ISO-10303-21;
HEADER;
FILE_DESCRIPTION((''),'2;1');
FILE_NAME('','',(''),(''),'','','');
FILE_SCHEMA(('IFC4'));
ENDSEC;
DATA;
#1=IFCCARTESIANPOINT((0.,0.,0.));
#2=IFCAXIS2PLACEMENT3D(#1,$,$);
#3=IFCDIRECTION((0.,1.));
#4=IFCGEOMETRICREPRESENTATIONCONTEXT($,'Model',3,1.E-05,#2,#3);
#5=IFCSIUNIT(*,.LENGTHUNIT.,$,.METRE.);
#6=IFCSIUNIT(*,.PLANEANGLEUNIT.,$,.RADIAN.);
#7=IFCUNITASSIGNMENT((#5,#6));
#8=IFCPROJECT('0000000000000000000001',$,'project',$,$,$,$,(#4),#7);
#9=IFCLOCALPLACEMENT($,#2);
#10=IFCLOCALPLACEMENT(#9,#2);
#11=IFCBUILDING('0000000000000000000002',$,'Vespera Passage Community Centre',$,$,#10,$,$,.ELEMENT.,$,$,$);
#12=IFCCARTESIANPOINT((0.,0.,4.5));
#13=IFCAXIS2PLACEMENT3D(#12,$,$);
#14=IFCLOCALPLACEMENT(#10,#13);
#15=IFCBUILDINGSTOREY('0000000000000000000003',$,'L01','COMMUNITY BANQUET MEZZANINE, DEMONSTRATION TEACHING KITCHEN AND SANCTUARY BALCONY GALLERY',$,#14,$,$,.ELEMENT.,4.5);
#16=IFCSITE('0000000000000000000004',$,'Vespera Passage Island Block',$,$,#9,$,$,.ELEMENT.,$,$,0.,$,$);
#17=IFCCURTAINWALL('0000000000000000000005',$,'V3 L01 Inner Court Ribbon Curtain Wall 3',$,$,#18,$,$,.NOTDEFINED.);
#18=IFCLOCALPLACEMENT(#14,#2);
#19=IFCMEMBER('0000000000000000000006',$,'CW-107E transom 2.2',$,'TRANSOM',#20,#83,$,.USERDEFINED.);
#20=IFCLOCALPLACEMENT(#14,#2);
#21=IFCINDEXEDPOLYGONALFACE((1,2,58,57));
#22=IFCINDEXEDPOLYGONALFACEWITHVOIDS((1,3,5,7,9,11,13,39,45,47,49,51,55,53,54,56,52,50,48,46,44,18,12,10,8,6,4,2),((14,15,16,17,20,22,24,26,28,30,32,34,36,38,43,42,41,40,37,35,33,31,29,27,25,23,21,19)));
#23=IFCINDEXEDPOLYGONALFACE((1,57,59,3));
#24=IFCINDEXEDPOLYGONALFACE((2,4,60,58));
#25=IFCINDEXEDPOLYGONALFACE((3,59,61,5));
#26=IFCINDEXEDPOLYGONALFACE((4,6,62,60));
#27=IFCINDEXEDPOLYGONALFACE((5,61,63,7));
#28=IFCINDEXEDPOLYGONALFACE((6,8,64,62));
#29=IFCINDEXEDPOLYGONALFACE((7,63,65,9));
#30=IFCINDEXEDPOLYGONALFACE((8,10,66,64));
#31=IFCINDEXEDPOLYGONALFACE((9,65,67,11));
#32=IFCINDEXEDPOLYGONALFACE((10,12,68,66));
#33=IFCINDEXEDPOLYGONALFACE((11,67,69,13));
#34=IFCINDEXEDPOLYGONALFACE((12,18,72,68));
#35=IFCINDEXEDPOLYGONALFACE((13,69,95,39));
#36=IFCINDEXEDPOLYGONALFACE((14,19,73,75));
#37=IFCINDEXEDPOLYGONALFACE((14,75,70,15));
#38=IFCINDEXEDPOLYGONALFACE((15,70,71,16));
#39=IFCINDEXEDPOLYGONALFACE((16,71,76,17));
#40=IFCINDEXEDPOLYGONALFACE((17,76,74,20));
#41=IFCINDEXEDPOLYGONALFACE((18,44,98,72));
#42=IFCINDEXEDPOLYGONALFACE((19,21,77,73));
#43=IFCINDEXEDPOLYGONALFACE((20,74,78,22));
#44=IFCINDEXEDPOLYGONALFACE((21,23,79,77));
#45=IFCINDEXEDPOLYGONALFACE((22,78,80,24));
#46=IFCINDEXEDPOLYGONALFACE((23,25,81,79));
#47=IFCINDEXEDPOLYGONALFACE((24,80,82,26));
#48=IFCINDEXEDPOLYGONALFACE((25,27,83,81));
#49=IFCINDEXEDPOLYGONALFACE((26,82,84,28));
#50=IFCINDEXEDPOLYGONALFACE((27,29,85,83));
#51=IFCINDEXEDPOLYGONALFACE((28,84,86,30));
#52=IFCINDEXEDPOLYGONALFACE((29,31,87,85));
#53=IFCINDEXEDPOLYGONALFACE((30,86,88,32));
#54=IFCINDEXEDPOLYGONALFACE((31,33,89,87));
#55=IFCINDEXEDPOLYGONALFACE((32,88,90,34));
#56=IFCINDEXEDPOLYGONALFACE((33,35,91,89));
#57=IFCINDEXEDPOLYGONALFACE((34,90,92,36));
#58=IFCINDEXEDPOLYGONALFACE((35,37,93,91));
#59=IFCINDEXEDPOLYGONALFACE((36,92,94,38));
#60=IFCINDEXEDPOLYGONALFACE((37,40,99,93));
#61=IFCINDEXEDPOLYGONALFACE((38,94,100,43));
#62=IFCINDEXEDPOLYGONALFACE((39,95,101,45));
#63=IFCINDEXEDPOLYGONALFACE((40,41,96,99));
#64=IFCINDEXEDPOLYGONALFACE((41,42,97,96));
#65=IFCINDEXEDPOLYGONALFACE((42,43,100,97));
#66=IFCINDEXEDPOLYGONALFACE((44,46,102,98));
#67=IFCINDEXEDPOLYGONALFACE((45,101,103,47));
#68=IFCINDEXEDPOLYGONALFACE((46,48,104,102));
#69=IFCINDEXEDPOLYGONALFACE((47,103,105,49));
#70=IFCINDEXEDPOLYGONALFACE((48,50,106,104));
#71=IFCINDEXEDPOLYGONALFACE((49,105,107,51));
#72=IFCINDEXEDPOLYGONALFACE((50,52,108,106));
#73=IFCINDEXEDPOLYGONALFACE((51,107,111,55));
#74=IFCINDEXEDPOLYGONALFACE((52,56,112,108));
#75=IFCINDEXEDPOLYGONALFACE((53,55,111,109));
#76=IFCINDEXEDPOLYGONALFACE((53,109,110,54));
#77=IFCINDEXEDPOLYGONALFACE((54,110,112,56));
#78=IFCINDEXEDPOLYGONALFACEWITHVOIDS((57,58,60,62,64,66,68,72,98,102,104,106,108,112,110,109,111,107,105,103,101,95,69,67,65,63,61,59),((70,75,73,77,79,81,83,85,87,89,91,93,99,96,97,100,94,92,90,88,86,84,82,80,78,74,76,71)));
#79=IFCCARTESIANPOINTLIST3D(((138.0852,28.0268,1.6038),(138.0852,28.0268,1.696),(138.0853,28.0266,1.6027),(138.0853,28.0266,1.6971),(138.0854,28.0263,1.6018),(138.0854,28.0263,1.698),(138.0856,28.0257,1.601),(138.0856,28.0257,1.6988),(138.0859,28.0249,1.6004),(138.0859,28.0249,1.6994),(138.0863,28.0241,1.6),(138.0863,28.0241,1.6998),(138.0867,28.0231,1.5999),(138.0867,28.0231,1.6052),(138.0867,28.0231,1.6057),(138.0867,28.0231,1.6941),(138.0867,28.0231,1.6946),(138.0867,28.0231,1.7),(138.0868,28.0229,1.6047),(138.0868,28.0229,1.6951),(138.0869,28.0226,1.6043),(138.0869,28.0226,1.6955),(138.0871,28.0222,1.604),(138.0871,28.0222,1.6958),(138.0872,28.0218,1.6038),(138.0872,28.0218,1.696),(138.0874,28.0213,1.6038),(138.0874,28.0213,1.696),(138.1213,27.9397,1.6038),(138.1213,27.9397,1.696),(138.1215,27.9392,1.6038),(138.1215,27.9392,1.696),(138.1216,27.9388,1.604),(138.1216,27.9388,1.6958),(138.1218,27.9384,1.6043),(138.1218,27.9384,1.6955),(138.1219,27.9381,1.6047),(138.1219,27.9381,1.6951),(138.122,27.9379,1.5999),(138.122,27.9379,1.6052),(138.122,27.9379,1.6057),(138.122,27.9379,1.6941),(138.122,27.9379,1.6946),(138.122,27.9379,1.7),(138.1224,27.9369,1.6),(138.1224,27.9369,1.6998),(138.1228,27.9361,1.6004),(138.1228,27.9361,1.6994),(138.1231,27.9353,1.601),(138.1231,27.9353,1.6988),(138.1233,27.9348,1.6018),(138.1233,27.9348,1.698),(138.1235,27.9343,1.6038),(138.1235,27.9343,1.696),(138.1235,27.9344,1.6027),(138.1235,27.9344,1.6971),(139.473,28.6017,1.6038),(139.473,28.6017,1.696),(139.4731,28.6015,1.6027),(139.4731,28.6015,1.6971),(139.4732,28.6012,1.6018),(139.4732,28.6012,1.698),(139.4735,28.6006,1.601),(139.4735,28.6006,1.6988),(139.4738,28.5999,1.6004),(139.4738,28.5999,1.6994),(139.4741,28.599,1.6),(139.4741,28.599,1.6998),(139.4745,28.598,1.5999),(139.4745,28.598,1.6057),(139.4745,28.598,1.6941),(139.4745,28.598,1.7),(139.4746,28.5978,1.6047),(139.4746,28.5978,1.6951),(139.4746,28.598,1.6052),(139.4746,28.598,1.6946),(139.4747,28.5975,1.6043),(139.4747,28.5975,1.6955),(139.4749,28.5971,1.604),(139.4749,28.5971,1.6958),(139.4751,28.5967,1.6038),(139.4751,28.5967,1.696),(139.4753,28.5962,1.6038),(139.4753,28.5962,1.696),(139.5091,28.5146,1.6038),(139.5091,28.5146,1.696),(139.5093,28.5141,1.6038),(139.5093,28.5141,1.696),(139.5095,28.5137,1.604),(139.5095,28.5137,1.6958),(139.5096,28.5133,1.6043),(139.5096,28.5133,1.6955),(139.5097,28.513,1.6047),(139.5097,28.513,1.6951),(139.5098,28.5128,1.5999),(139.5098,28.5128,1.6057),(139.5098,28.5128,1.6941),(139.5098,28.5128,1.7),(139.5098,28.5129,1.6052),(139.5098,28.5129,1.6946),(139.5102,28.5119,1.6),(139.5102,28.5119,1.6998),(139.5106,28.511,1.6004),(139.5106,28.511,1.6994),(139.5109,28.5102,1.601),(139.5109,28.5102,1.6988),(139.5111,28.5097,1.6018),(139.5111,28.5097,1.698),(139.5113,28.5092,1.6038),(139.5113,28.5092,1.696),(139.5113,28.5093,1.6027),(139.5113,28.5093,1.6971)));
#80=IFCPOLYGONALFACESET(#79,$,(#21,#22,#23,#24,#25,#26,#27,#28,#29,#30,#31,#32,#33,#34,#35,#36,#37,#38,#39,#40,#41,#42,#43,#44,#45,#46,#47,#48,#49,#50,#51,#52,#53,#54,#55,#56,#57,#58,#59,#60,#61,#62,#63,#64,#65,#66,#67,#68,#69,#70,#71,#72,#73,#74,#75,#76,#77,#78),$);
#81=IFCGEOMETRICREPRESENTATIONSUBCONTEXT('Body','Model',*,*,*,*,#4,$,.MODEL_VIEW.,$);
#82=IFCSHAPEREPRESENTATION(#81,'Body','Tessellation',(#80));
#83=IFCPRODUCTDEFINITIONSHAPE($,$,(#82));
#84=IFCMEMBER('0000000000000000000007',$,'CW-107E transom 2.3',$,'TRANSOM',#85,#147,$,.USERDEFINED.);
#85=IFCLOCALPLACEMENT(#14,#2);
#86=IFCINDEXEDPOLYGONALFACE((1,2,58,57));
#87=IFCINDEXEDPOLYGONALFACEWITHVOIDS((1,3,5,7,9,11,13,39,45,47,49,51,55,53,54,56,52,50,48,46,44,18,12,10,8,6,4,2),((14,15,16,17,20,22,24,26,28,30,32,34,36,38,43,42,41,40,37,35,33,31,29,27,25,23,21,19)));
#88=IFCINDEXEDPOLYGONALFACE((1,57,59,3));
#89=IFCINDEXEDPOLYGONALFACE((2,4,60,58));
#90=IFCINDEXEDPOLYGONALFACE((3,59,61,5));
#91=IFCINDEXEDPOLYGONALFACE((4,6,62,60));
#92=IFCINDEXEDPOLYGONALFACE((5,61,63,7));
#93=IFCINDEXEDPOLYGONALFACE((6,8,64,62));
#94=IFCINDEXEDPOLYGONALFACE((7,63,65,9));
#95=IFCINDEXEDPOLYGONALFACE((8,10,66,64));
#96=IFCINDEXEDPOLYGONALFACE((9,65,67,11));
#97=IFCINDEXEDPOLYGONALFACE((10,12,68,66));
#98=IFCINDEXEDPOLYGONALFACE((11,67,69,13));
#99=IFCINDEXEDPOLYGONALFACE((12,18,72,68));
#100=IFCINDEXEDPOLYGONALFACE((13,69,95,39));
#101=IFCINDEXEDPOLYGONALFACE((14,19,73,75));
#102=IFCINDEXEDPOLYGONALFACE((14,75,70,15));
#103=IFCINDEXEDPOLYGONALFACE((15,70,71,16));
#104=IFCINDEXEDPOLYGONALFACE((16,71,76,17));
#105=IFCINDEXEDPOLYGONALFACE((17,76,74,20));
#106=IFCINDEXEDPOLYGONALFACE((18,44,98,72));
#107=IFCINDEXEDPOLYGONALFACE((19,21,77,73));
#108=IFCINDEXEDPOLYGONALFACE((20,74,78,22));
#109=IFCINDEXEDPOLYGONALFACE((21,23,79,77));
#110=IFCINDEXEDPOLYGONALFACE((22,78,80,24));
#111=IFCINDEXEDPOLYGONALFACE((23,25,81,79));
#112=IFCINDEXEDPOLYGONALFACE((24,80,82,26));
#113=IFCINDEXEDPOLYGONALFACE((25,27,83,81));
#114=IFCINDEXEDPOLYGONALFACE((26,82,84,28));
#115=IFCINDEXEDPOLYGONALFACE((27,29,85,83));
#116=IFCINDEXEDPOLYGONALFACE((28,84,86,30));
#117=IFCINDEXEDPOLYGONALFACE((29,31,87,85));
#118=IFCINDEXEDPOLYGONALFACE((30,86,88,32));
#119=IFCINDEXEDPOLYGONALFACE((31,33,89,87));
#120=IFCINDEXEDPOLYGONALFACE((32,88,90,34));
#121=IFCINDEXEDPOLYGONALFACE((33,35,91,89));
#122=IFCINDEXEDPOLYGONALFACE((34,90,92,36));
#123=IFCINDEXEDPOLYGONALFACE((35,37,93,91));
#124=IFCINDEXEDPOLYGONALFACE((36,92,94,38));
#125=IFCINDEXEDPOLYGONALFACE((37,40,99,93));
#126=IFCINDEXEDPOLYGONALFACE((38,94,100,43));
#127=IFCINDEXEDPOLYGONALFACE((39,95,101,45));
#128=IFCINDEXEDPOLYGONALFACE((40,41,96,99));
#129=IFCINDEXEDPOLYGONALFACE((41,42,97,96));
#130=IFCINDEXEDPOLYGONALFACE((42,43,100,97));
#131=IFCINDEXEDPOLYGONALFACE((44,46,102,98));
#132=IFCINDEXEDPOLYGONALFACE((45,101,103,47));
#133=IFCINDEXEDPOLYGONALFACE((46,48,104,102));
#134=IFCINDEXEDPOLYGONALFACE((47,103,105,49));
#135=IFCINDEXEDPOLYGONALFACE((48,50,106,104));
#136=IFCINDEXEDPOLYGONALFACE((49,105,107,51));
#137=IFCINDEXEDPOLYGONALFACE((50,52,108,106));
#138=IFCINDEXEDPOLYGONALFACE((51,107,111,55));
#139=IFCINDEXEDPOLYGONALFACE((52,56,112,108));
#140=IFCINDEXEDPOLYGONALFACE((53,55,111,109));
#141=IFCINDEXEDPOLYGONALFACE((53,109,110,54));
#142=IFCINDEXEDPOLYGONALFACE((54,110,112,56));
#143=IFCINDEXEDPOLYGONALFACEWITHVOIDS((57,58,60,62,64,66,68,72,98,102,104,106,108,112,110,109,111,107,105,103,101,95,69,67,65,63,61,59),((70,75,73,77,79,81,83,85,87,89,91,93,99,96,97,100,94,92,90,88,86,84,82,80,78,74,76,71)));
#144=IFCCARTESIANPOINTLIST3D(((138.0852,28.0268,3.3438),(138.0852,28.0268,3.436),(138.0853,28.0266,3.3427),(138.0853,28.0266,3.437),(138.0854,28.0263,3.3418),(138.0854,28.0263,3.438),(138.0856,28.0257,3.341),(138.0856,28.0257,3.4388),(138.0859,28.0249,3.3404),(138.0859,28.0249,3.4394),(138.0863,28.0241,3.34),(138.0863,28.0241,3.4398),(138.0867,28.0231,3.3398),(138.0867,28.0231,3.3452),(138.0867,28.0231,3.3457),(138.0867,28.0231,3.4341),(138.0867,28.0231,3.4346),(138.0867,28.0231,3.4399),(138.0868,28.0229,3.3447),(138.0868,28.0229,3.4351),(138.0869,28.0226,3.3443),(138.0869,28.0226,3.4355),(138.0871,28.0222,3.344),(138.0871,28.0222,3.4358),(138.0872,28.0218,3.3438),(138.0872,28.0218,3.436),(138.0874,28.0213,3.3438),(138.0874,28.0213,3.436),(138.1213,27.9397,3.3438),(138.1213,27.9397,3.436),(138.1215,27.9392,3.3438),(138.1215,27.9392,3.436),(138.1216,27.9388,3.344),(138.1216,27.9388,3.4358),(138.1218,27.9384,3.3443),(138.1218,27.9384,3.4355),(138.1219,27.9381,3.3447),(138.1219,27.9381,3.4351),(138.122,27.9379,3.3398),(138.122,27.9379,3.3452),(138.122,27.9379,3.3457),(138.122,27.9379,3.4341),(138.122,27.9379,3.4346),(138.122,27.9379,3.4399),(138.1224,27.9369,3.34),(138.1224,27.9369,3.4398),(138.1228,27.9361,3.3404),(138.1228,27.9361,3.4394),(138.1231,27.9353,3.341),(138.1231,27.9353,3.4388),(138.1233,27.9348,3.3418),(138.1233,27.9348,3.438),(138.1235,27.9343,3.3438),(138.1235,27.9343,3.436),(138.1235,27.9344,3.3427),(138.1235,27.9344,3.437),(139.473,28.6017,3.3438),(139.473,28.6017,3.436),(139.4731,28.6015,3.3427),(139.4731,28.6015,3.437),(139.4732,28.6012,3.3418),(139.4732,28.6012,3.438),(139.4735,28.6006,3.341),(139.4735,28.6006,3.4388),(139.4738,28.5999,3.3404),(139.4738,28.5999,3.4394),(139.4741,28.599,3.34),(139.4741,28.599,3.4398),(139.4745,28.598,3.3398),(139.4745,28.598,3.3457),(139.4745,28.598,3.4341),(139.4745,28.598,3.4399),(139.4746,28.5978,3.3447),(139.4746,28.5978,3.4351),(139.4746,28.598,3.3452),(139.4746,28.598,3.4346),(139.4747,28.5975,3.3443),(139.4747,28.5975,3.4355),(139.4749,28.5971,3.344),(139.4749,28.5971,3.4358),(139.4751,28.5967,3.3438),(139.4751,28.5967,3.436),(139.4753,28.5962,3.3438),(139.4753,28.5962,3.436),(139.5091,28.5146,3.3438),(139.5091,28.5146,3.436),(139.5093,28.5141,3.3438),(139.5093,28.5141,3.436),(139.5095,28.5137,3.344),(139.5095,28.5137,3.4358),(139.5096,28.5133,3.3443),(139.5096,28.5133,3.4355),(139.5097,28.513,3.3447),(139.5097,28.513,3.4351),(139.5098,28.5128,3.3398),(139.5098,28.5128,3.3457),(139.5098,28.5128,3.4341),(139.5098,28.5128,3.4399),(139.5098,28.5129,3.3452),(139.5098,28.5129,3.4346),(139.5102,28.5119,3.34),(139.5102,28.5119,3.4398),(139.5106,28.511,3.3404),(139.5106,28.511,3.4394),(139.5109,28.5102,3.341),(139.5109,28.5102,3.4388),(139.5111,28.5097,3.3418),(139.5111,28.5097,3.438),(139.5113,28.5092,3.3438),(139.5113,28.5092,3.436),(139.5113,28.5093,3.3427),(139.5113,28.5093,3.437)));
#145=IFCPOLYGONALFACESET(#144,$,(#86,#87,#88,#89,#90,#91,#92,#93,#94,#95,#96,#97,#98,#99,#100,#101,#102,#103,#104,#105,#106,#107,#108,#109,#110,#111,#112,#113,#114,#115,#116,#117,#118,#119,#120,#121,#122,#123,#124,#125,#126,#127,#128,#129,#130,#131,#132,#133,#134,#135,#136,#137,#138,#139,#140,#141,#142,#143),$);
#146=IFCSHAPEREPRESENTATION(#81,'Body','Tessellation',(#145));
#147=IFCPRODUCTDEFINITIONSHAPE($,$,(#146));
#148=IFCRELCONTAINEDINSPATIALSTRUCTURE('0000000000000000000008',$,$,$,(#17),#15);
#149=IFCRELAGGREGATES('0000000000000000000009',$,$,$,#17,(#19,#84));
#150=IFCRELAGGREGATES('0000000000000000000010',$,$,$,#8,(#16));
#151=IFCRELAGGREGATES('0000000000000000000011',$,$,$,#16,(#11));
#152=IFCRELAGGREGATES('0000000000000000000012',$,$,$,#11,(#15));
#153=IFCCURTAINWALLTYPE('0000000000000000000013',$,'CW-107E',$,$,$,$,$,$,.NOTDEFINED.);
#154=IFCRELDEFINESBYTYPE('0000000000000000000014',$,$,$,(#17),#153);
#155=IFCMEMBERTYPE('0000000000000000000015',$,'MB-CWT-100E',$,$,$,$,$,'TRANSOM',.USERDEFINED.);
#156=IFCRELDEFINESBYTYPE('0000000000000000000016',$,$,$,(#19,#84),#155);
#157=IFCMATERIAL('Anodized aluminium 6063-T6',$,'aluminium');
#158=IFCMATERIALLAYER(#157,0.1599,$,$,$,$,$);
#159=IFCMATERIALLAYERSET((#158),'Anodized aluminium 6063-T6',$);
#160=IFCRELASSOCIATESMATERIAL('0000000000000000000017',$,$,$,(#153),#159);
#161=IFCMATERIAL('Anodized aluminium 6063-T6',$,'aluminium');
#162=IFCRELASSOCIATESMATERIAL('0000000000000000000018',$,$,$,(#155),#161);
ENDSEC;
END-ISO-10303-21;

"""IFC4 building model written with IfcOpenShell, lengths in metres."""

from ifc_helpers import new_model, si_unit, direction, frame, origin, origin_2d, place, context, subcontext, project, spatial, hollow_rectangle, extrude, material, layer, layer_set, material_profile, profile_set, type_object, element, aggregate, save


model = new_model("IFC4")

# Units and contexts
model_context = context("Model", 3, precision=1e-05, world=origin(), true_north=direction((0.0, 1.0)))
body_context = subcontext(model_context, "Body", "Model", "MODEL_VIEW")
ifc_project = project(units=[si_unit("LENGTHUNIT", "METRE"), si_unit("PLANEANGLEUNIT", "RADIAN")], contexts=[model_context])

# Site, building, storey
site_placement = place(None, origin())
site = spatial("IfcSite", under=ifc_project, at=site_placement, Name="Vespera Passage Island Block", CompositionType="ELEMENT", RefElevation=0.0)
building_placement = place(site_placement, origin())
building = spatial("IfcBuilding", under=site, at=building_placement, Name="Vespera Passage Community Centre", CompositionType="ELEMENT")
storey_placement = place(building_placement, frame((0.0, 0.0, 4.5)))
storey = spatial("IfcBuildingStorey", under=building, at=storey_placement, Name="L01", Description="COMMUNITY BANQUET MEZZANINE, DEMONSTRATION TEACHING KITCHEN AND SANCTUARY BALCONY GALLERY", CompositionType="ELEMENT", Elevation=4.5)

# Curtain wall
ifc_material_1 = material(Name="Anodized aluminium 6063-T6", Category="aluminium")
ifc_layer_1 = layer(ifc_material_1, 0.1599)
ifc_layer_set_1 = layer_set([ifc_layer_1], Name="Anodized aluminium 6063-T6")
curtain_wall_type = type_object("IfcCurtainWallType", Name="CW-107E", PredefinedType="NOTDEFINED", material=ifc_layer_set_1)
curtain_wall_1_placement = place(storey_placement, origin())
curtain_wall_1 = element("IfcCurtainWall", 1, at=curtain_wall_1_placement, inside=storey, type_object=curtain_wall_type, Name="V3 L01 Inner Court Ribbon Curtain Wall 3", PredefinedType="NOTDEFINED")

# Members
ifc_material_2 = material(Name="Anodized aluminium 6063-T6", Category="aluminium")
ifc_material_profile_1 = material_profile(ifc_material_2, hollow_rectangle(XDim=0.1001, YDim=0.1001, WallThickness=0.0039, InnerFilletRadius=0.002, OuterFilletRadius=0.0039, at=origin_2d()), Name="ALU100X100X4")
ifc_profile_set_1 = profile_set([ifc_material_profile_1], Name="Anodized aluminium 6063-T6")
member_type_1 = type_object("IfcMemberType", Name="MB-CWT-100E", ElementType="TRANSOM", PredefinedType="USERDEFINED", material=ifc_profile_set_1)
member_1_placement = place(storey_placement, frame((139.4922, 28.5554, 1.6499), z_axis=(-0.923868, -0.382711, 0.0), x_axis=(0.382711, -0.923868, 0.0)))
member_1 = element("IfcMember", 2, at=member_1_placement, type_object=member_type_1, Name="CW-107E transom 2.2", ObjectType="TRANSOM", PredefinedType="USERDEFINED", context=body_context, shape_type="SweptSolid", body=[
    extrude(hollow_rectangle(XDim=0.1001, YDim=0.1001, WallThickness=0.0039, InnerFilletRadius=0.002, OuterFilletRadius=0.0039, at=origin_2d()), origin(), (0.0, 0.0, 1.0), 1.5022),
])
member_2_placement = place(storey_placement, frame((139.4922, 28.5554, 3.3899), z_axis=(-0.923868, -0.382711, 0.0), x_axis=(0.382711, -0.923868, 0.0)))
member_2 = element("IfcMember", 3, at=member_2_placement, type_object=member_type_1, Name="CW-107E transom 2.3", ObjectType="TRANSOM", PredefinedType="USERDEFINED", context=body_context, shape_type="SweptSolid", body=[
    extrude(hollow_rectangle(XDim=0.1001, YDim=0.1001, WallThickness=0.0039, InnerFilletRadius=0.002, OuterFilletRadius=0.0039, at=origin_2d()), origin(), (0.0, 0.0, 1.0), 1.5022),
])

aggregate(curtain_wall_1, [member_1, member_2])

save(model, "model.ifc")
